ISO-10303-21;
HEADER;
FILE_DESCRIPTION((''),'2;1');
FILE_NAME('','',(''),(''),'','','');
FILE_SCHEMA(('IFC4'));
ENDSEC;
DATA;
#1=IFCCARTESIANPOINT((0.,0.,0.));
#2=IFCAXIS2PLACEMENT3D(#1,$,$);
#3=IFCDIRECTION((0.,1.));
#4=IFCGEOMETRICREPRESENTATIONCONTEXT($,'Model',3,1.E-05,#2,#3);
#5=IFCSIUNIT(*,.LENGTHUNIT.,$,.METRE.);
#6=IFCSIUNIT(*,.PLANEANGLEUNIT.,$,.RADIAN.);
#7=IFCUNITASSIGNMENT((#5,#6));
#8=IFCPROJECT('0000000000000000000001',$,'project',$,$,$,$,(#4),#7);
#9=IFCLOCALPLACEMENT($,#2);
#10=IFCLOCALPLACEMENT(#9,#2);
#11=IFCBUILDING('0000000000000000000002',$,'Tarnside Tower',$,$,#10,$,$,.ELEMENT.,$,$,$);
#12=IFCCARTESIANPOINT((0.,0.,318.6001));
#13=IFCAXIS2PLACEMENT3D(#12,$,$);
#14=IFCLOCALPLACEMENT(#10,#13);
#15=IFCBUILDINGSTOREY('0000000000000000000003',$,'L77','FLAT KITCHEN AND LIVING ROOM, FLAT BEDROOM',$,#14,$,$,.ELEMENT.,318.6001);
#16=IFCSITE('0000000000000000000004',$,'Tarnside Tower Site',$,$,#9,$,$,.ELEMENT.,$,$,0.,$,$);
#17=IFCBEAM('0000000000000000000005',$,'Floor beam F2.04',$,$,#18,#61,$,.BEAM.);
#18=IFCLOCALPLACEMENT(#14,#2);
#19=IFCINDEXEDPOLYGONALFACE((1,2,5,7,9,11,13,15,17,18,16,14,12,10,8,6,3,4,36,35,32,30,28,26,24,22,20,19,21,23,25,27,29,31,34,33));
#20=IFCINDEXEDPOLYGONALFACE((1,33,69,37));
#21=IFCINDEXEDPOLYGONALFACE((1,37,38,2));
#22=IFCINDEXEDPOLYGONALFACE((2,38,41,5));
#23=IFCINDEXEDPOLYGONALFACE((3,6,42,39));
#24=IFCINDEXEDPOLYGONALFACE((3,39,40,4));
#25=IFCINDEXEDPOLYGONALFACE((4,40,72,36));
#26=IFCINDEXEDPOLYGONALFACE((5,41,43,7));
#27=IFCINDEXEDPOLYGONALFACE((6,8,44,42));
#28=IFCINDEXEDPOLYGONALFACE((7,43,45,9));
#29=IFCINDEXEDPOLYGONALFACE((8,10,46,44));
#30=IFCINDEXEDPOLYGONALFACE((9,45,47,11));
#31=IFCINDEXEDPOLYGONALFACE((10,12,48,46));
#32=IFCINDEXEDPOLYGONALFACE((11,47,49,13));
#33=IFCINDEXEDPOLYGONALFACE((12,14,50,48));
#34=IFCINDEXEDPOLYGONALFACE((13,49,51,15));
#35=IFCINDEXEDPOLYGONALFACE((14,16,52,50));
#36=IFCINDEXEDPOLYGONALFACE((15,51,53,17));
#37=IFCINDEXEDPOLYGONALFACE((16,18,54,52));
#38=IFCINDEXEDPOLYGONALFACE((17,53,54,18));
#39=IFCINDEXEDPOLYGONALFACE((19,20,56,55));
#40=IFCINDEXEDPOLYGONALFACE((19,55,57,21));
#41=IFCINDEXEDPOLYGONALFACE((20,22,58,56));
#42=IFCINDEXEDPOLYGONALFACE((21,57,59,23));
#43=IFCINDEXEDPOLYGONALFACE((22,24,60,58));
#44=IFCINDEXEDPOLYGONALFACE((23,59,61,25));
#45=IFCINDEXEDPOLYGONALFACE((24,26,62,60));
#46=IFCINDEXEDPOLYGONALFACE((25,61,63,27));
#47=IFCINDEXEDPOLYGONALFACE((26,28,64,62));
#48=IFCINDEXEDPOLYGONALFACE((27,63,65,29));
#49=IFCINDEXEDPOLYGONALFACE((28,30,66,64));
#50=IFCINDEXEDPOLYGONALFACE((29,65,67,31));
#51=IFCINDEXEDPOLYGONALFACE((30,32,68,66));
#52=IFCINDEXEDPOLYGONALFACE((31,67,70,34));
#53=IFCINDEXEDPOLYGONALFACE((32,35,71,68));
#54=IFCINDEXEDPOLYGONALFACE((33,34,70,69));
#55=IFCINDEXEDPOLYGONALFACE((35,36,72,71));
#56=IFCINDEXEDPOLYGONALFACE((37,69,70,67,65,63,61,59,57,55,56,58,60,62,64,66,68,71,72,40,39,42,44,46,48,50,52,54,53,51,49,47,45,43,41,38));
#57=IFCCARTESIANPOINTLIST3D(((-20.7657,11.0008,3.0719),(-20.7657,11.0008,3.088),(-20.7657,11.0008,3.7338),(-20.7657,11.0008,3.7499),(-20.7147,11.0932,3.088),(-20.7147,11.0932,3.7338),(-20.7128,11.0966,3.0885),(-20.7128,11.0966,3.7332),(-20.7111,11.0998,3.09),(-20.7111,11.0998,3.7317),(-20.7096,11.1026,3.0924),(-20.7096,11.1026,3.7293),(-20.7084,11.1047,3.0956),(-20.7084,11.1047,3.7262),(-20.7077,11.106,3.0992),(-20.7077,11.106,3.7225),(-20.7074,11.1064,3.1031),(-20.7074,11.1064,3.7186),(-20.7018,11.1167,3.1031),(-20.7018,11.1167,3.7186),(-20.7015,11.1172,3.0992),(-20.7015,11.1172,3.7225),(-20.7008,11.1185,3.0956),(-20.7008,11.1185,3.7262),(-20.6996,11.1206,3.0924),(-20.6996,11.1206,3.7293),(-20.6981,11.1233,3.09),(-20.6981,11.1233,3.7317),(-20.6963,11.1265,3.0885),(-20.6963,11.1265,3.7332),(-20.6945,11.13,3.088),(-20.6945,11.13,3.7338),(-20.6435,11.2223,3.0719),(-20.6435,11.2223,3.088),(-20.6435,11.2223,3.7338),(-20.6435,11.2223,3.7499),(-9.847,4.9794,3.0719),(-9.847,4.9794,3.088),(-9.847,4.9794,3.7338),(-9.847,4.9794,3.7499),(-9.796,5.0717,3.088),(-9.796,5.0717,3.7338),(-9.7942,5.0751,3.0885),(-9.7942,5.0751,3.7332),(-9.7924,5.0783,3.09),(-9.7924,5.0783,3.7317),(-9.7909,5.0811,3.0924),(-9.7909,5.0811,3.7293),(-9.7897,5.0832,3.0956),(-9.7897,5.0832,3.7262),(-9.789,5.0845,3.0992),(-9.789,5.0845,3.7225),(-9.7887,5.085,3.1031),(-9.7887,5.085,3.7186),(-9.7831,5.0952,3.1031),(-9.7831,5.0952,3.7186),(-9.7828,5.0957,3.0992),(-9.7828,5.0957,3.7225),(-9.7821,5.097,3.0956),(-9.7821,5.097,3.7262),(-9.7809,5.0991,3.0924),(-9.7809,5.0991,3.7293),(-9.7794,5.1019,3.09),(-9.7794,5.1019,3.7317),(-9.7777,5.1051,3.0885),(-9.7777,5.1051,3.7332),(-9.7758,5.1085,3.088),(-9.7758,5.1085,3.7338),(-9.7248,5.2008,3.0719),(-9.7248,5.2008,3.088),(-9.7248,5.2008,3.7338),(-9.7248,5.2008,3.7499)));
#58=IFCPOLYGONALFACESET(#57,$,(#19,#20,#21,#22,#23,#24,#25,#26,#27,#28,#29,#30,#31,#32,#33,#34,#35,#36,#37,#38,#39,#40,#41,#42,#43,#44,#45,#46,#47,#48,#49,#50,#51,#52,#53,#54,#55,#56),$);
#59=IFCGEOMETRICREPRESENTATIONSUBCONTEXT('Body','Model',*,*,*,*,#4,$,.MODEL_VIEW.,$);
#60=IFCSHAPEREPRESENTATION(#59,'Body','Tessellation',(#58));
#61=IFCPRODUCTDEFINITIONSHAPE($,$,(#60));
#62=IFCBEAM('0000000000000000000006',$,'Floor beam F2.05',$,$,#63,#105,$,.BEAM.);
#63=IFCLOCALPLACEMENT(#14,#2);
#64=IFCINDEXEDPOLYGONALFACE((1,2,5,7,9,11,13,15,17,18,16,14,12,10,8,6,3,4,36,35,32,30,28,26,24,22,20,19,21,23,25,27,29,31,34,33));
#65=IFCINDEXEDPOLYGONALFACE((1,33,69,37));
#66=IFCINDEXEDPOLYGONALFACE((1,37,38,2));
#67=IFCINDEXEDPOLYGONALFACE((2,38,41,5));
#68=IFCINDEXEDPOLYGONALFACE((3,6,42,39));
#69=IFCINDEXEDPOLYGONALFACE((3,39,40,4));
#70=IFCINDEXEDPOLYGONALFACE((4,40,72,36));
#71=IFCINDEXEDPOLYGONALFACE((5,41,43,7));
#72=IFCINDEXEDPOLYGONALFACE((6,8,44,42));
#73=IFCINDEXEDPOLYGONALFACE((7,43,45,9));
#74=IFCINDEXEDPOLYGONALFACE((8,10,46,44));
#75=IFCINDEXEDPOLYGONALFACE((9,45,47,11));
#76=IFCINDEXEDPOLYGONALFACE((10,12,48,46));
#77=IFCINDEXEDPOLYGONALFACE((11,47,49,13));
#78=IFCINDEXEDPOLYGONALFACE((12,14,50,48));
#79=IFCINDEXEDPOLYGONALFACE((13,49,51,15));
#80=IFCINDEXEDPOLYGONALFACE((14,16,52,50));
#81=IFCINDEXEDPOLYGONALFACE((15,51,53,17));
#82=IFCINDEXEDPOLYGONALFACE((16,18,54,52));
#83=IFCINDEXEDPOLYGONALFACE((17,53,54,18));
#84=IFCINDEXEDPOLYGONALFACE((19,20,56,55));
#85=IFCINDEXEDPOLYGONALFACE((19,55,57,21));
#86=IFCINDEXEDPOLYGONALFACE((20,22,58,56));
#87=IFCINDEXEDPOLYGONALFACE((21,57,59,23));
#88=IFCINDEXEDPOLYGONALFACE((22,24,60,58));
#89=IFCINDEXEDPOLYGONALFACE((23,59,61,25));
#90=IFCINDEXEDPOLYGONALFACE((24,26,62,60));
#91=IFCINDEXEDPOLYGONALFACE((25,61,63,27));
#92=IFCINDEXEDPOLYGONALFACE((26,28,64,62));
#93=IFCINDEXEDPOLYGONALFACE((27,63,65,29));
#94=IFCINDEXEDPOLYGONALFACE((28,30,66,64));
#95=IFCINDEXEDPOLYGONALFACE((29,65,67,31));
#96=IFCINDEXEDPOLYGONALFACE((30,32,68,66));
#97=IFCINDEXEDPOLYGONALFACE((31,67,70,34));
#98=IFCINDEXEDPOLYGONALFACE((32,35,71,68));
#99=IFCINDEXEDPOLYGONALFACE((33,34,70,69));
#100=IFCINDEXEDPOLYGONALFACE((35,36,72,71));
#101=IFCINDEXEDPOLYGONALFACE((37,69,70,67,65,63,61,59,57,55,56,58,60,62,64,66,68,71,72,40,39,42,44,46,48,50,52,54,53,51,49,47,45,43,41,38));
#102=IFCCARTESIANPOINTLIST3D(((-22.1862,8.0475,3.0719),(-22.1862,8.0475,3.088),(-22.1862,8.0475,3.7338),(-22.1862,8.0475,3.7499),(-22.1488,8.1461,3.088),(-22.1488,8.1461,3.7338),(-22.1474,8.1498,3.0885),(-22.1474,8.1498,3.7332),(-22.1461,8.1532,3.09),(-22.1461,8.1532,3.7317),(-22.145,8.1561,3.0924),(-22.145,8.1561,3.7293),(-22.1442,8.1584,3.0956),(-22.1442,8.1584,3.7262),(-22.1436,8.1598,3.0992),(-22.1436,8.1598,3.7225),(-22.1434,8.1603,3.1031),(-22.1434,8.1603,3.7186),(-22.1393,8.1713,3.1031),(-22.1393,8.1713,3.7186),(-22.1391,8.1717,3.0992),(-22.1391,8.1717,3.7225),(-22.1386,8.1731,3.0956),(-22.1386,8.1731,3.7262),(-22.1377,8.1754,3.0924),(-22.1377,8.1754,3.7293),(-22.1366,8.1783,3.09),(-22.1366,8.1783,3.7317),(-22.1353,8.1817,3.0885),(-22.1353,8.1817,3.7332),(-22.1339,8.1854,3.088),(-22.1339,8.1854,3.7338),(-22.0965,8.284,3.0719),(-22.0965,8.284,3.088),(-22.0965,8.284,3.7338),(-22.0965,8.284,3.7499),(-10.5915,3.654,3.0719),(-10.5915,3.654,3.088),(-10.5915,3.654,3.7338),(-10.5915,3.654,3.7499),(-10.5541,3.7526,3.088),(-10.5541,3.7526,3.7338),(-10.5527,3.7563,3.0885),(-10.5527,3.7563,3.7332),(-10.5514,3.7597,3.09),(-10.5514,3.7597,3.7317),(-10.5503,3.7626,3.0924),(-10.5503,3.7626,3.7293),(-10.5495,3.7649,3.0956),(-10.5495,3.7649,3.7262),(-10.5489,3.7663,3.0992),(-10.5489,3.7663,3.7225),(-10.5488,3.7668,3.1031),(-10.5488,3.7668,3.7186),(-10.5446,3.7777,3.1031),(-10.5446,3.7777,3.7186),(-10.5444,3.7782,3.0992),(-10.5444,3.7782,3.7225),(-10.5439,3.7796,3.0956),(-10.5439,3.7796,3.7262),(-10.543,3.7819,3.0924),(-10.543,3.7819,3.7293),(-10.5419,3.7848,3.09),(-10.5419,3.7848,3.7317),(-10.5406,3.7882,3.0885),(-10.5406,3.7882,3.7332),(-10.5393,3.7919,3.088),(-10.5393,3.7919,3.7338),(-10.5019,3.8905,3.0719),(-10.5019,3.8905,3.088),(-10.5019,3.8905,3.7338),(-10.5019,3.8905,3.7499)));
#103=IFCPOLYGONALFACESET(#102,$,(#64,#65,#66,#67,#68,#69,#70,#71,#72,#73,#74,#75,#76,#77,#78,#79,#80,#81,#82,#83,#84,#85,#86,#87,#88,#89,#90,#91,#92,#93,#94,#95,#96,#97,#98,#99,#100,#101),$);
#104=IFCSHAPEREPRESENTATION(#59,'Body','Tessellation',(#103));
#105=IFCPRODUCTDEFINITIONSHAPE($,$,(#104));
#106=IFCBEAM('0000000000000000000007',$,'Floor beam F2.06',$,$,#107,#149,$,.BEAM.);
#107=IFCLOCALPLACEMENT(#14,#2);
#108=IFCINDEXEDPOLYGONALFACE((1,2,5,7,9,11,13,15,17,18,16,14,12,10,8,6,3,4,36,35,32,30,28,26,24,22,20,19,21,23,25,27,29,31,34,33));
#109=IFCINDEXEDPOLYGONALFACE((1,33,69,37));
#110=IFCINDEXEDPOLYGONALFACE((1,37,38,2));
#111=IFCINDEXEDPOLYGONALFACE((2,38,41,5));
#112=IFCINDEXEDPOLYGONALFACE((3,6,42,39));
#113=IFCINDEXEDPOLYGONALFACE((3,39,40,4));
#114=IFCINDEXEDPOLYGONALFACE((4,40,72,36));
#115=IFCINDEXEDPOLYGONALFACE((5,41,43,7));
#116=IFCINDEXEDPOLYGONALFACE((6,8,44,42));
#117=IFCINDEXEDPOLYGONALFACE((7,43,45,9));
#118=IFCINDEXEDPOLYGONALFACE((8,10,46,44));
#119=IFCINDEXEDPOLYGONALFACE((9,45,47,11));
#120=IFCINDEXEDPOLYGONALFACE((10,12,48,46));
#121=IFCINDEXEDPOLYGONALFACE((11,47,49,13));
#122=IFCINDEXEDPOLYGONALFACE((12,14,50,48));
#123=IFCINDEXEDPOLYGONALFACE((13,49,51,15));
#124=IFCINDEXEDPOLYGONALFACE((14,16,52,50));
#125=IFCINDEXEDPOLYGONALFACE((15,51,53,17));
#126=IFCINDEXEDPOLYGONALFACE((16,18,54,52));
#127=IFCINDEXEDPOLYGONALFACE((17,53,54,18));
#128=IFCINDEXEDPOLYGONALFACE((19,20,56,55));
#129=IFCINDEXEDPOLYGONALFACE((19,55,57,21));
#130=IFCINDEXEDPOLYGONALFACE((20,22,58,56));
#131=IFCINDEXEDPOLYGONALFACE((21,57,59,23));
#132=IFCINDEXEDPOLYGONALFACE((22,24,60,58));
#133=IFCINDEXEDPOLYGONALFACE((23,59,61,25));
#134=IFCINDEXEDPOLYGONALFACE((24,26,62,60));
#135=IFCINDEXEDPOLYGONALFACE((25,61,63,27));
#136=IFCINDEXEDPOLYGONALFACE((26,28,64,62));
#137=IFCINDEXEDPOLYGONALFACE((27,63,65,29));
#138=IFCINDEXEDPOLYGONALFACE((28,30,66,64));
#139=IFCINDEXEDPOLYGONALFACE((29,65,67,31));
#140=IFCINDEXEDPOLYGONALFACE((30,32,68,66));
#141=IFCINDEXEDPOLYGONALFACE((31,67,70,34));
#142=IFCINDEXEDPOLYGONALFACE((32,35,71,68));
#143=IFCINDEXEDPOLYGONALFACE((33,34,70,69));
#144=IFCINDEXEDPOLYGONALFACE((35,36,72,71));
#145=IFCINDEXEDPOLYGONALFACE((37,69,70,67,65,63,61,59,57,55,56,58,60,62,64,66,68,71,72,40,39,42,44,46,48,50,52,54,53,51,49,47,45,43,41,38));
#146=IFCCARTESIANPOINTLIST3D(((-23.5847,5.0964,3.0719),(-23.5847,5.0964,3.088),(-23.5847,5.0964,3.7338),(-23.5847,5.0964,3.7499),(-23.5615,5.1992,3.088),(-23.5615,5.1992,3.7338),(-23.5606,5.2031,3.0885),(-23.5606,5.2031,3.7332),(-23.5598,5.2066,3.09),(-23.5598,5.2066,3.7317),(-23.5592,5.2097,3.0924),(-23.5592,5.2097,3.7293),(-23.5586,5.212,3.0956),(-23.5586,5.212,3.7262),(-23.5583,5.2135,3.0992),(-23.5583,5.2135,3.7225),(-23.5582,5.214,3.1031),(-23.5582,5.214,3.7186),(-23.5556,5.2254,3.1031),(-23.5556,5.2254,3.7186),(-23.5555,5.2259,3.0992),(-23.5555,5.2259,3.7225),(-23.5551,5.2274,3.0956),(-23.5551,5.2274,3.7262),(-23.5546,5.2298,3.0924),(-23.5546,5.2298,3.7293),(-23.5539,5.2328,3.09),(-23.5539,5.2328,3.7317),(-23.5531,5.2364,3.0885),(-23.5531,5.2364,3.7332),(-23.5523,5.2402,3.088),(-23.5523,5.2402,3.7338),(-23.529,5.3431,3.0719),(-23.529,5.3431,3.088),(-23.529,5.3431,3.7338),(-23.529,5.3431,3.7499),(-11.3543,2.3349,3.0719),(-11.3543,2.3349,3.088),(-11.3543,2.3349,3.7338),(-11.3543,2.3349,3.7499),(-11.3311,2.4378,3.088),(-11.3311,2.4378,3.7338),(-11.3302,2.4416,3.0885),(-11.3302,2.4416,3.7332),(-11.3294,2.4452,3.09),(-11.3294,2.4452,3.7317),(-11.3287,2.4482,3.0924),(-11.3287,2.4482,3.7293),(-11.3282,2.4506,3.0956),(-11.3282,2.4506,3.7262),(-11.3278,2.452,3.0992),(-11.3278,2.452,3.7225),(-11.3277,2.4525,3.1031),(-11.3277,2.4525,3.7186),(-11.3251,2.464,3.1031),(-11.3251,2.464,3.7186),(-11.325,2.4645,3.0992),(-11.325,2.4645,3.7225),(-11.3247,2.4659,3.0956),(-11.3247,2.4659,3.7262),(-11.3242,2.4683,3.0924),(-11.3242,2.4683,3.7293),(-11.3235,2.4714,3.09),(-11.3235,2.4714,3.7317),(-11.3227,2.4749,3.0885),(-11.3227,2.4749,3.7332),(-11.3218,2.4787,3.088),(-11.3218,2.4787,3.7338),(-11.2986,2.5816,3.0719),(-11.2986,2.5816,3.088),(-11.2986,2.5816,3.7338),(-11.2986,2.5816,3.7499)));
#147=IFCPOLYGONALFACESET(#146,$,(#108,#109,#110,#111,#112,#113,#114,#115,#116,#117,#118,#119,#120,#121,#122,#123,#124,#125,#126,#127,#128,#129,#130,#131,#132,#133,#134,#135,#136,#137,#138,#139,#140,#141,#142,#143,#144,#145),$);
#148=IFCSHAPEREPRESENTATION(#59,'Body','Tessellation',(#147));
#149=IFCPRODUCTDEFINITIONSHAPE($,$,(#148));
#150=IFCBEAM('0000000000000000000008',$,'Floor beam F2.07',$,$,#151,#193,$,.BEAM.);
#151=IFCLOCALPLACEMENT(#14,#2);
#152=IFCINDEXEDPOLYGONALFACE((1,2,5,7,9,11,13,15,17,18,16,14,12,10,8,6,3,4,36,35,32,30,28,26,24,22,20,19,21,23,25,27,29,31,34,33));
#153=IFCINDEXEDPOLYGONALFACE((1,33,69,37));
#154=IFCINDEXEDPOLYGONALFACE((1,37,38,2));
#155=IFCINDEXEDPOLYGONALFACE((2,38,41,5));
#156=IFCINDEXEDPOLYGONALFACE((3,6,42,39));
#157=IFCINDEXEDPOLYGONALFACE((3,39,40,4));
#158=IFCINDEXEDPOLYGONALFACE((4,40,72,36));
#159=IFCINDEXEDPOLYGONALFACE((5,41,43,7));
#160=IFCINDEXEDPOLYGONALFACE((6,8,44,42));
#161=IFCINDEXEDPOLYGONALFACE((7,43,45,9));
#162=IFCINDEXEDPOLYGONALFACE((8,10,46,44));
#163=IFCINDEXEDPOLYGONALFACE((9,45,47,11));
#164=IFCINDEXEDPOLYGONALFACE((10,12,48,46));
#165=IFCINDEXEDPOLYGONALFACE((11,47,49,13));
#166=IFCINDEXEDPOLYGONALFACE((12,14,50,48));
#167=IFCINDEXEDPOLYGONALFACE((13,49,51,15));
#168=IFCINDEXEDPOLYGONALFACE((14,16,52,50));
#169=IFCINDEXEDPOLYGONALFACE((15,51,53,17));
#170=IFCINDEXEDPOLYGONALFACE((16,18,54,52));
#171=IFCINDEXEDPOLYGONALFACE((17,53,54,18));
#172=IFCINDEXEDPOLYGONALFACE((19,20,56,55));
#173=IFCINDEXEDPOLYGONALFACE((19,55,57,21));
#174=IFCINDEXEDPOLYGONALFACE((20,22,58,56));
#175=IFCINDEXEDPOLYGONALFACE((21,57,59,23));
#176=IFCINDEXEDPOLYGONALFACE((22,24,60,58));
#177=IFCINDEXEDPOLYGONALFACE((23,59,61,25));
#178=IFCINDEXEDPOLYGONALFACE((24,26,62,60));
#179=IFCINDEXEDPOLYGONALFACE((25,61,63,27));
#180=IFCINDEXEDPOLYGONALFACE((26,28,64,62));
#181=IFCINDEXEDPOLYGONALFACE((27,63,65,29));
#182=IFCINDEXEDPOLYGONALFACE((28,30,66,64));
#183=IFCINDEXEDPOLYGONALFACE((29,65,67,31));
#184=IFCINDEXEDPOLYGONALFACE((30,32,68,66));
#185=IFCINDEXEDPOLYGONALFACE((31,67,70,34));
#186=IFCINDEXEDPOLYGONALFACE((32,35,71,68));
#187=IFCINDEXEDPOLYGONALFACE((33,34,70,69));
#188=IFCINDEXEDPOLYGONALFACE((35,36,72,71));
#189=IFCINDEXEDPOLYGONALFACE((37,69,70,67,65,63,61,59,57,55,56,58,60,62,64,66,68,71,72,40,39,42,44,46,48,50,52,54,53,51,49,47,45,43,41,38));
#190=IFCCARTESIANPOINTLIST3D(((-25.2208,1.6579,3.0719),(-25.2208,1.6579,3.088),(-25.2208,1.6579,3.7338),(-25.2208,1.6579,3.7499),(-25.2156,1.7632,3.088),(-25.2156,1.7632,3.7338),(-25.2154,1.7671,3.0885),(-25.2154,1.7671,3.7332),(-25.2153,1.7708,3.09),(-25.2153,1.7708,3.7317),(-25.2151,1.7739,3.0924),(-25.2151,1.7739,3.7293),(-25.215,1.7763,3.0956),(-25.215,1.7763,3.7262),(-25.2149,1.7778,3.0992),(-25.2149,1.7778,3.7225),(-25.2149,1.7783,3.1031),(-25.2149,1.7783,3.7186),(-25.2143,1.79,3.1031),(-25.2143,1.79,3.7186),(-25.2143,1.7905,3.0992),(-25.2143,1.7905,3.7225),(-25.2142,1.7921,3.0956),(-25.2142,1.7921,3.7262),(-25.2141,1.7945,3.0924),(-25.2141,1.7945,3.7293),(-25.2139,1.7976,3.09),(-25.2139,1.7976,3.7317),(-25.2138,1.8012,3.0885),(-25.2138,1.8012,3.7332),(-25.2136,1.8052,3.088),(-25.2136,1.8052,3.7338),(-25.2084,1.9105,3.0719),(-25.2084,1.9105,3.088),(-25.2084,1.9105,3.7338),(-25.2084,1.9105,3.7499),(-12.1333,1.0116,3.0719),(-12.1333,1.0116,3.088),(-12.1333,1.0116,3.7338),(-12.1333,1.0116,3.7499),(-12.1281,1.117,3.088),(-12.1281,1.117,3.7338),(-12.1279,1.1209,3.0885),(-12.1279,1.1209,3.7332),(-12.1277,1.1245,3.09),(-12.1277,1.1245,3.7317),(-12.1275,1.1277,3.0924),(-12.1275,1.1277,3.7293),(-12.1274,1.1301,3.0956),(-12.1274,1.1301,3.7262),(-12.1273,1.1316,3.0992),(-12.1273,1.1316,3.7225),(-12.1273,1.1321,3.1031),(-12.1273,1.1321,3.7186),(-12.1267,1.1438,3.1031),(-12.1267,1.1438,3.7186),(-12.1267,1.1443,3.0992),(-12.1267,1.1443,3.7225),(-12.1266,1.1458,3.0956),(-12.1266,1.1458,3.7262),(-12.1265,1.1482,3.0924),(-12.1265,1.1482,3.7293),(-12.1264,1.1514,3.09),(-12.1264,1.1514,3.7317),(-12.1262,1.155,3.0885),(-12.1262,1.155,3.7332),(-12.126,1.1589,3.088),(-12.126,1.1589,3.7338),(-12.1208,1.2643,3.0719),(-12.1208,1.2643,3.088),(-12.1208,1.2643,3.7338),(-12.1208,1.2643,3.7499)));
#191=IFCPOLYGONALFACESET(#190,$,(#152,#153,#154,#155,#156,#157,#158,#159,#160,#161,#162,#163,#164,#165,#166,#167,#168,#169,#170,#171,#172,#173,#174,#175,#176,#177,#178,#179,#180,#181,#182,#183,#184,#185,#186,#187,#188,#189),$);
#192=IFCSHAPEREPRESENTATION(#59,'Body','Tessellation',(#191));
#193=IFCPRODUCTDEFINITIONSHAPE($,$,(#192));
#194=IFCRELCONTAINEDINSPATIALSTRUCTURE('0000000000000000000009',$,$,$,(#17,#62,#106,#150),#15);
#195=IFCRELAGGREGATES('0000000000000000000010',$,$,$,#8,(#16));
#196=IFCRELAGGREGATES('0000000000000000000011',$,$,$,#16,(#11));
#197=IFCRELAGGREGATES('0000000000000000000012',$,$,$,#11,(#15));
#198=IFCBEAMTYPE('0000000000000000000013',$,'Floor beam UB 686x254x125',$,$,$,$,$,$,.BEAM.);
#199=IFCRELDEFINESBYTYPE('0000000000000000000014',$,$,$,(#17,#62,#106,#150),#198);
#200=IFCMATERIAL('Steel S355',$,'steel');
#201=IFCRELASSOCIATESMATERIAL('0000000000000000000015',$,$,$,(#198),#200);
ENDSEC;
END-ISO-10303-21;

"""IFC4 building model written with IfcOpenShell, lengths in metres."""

from ifc_helpers import new_model, si_unit, direction, frame, origin, origin_2d, place, context, subcontext, project, spatial, i_section, extrude, material, material_profile, profile_set, type_object, element, save


model = new_model("IFC4")

# Units and contexts
model_context = context("Model", 3, precision=1e-05, world=origin(), true_north=direction((0.0, 1.0)))
body_context = subcontext(model_context, "Body", "Model", "MODEL_VIEW")
ifc_project = project(units=[si_unit("LENGTHUNIT", "METRE"), si_unit("PLANEANGLEUNIT", "RADIAN")], contexts=[model_context])

# Site, building, storey
site_placement = place(None, origin())
site = spatial("IfcSite", under=ifc_project, at=site_placement, Name="Tarnside Tower Site", CompositionType="ELEMENT", RefElevation=0.0)
building_placement = place(site_placement, origin())
building = spatial("IfcBuilding", under=site, at=building_placement, Name="Tarnside Tower", CompositionType="ELEMENT")
storey_placement = place(building_placement, frame((0.0, 0.0, 318.6001)))
storey = spatial("IfcBuildingStorey", under=building, at=storey_placement, Name="L77", Description="FLAT KITCHEN AND LIVING ROOM, FLAT BEDROOM", CompositionType="ELEMENT", Elevation=318.6001)

# Beams
ifc_material_1 = material(Name="Steel S355", Category="steel")
ifc_material_profile = material_profile(ifc_material_1, i_section(OverallWidth=0.2529, OverallDepth=0.678, WebThickness=0.0117, FlangeThickness=0.0161, FilletRadius=0.0151, at=origin_2d()), Name="UB 686x254x125")
ifc_profile_set = profile_set([ifc_material_profile], Name="Steel S355")
beam_type = type_object("IfcBeamType", Name="Floor beam UB 686x254x125", PredefinedType="BEAM", material=ifc_profile_set)
beam_1_placement = place(storey_placement, frame((-20.7046, 11.1116, 3.4109), z_axis=(0.875667, -0.482916, 0.0), x_axis=(0.482916, 0.875667, 0.0)))
element("IfcBeam", 1, at=beam_1_placement, inside=storey, type_object=beam_type, Name="Floor beam F2.04", PredefinedType="BEAM", context=body_context, shape_type="SweptSolid", body=[
    extrude(i_section(OverallWidth=0.2529, OverallDepth=0.678, WebThickness=0.0117, FlangeThickness=0.0161, FilletRadius=0.0151, at=origin_2d()), origin(), (0.0, 0.0, 1.0), 12.469),
])
beam_2_placement = place(storey_placement, frame((-22.1414, 8.1658, 3.4109), z_axis=(0.935116, -0.354341, 0.0), x_axis=(0.354341, 0.935116, 0.0)))
element("IfcBeam", 2, at=beam_2_placement, inside=storey, type_object=beam_type, Name="Floor beam F2.05", PredefinedType="BEAM", context=body_context, shape_type="SweptSolid", body=[
    extrude(i_section(OverallWidth=0.2529, OverallDepth=0.678, WebThickness=0.0117, FlangeThickness=0.0161, FilletRadius=0.0151, at=origin_2d()), origin(), (0.0, 0.0, 1.0), 12.3992),
])
beam_3_placement = place(storey_placement, frame((-23.5569, 5.2197, 3.4109), z_axis=(0.975445, -0.220242, 0.0), x_axis=(0.220242, 0.975445, 0.0)))
element("IfcBeam", 3, at=beam_3_placement, inside=storey, type_object=beam_type, Name="Floor beam F2.06", PredefinedType="BEAM", context=body_context, shape_type="SweptSolid", body=[
    extrude(i_section(OverallWidth=0.2529, OverallDepth=0.678, WebThickness=0.0117, FlangeThickness=0.0161, FilletRadius=0.0151, at=origin_2d()), origin(), (0.0, 0.0, 1.0), 12.5383),
])
beam_4_placement = place(storey_placement, frame((-25.2146, 1.7842, 3.4109), z_axis=(0.998783, -0.049318, 0.0), x_axis=(0.049318, 0.998783, 0.0)))
element("IfcBeam", 4, at=beam_4_placement, inside=storey, type_object=beam_type, Name="Floor beam F2.07", PredefinedType="BEAM", context=body_context, shape_type="SweptSolid", body=[
    extrude(i_section(OverallWidth=0.2529, OverallDepth=0.678, WebThickness=0.0117, FlangeThickness=0.0161, FilletRadius=0.0151, at=origin_2d()), origin(), (0.0, 0.0, 1.0), 13.1035),
])

save(model, "model.ifc")
